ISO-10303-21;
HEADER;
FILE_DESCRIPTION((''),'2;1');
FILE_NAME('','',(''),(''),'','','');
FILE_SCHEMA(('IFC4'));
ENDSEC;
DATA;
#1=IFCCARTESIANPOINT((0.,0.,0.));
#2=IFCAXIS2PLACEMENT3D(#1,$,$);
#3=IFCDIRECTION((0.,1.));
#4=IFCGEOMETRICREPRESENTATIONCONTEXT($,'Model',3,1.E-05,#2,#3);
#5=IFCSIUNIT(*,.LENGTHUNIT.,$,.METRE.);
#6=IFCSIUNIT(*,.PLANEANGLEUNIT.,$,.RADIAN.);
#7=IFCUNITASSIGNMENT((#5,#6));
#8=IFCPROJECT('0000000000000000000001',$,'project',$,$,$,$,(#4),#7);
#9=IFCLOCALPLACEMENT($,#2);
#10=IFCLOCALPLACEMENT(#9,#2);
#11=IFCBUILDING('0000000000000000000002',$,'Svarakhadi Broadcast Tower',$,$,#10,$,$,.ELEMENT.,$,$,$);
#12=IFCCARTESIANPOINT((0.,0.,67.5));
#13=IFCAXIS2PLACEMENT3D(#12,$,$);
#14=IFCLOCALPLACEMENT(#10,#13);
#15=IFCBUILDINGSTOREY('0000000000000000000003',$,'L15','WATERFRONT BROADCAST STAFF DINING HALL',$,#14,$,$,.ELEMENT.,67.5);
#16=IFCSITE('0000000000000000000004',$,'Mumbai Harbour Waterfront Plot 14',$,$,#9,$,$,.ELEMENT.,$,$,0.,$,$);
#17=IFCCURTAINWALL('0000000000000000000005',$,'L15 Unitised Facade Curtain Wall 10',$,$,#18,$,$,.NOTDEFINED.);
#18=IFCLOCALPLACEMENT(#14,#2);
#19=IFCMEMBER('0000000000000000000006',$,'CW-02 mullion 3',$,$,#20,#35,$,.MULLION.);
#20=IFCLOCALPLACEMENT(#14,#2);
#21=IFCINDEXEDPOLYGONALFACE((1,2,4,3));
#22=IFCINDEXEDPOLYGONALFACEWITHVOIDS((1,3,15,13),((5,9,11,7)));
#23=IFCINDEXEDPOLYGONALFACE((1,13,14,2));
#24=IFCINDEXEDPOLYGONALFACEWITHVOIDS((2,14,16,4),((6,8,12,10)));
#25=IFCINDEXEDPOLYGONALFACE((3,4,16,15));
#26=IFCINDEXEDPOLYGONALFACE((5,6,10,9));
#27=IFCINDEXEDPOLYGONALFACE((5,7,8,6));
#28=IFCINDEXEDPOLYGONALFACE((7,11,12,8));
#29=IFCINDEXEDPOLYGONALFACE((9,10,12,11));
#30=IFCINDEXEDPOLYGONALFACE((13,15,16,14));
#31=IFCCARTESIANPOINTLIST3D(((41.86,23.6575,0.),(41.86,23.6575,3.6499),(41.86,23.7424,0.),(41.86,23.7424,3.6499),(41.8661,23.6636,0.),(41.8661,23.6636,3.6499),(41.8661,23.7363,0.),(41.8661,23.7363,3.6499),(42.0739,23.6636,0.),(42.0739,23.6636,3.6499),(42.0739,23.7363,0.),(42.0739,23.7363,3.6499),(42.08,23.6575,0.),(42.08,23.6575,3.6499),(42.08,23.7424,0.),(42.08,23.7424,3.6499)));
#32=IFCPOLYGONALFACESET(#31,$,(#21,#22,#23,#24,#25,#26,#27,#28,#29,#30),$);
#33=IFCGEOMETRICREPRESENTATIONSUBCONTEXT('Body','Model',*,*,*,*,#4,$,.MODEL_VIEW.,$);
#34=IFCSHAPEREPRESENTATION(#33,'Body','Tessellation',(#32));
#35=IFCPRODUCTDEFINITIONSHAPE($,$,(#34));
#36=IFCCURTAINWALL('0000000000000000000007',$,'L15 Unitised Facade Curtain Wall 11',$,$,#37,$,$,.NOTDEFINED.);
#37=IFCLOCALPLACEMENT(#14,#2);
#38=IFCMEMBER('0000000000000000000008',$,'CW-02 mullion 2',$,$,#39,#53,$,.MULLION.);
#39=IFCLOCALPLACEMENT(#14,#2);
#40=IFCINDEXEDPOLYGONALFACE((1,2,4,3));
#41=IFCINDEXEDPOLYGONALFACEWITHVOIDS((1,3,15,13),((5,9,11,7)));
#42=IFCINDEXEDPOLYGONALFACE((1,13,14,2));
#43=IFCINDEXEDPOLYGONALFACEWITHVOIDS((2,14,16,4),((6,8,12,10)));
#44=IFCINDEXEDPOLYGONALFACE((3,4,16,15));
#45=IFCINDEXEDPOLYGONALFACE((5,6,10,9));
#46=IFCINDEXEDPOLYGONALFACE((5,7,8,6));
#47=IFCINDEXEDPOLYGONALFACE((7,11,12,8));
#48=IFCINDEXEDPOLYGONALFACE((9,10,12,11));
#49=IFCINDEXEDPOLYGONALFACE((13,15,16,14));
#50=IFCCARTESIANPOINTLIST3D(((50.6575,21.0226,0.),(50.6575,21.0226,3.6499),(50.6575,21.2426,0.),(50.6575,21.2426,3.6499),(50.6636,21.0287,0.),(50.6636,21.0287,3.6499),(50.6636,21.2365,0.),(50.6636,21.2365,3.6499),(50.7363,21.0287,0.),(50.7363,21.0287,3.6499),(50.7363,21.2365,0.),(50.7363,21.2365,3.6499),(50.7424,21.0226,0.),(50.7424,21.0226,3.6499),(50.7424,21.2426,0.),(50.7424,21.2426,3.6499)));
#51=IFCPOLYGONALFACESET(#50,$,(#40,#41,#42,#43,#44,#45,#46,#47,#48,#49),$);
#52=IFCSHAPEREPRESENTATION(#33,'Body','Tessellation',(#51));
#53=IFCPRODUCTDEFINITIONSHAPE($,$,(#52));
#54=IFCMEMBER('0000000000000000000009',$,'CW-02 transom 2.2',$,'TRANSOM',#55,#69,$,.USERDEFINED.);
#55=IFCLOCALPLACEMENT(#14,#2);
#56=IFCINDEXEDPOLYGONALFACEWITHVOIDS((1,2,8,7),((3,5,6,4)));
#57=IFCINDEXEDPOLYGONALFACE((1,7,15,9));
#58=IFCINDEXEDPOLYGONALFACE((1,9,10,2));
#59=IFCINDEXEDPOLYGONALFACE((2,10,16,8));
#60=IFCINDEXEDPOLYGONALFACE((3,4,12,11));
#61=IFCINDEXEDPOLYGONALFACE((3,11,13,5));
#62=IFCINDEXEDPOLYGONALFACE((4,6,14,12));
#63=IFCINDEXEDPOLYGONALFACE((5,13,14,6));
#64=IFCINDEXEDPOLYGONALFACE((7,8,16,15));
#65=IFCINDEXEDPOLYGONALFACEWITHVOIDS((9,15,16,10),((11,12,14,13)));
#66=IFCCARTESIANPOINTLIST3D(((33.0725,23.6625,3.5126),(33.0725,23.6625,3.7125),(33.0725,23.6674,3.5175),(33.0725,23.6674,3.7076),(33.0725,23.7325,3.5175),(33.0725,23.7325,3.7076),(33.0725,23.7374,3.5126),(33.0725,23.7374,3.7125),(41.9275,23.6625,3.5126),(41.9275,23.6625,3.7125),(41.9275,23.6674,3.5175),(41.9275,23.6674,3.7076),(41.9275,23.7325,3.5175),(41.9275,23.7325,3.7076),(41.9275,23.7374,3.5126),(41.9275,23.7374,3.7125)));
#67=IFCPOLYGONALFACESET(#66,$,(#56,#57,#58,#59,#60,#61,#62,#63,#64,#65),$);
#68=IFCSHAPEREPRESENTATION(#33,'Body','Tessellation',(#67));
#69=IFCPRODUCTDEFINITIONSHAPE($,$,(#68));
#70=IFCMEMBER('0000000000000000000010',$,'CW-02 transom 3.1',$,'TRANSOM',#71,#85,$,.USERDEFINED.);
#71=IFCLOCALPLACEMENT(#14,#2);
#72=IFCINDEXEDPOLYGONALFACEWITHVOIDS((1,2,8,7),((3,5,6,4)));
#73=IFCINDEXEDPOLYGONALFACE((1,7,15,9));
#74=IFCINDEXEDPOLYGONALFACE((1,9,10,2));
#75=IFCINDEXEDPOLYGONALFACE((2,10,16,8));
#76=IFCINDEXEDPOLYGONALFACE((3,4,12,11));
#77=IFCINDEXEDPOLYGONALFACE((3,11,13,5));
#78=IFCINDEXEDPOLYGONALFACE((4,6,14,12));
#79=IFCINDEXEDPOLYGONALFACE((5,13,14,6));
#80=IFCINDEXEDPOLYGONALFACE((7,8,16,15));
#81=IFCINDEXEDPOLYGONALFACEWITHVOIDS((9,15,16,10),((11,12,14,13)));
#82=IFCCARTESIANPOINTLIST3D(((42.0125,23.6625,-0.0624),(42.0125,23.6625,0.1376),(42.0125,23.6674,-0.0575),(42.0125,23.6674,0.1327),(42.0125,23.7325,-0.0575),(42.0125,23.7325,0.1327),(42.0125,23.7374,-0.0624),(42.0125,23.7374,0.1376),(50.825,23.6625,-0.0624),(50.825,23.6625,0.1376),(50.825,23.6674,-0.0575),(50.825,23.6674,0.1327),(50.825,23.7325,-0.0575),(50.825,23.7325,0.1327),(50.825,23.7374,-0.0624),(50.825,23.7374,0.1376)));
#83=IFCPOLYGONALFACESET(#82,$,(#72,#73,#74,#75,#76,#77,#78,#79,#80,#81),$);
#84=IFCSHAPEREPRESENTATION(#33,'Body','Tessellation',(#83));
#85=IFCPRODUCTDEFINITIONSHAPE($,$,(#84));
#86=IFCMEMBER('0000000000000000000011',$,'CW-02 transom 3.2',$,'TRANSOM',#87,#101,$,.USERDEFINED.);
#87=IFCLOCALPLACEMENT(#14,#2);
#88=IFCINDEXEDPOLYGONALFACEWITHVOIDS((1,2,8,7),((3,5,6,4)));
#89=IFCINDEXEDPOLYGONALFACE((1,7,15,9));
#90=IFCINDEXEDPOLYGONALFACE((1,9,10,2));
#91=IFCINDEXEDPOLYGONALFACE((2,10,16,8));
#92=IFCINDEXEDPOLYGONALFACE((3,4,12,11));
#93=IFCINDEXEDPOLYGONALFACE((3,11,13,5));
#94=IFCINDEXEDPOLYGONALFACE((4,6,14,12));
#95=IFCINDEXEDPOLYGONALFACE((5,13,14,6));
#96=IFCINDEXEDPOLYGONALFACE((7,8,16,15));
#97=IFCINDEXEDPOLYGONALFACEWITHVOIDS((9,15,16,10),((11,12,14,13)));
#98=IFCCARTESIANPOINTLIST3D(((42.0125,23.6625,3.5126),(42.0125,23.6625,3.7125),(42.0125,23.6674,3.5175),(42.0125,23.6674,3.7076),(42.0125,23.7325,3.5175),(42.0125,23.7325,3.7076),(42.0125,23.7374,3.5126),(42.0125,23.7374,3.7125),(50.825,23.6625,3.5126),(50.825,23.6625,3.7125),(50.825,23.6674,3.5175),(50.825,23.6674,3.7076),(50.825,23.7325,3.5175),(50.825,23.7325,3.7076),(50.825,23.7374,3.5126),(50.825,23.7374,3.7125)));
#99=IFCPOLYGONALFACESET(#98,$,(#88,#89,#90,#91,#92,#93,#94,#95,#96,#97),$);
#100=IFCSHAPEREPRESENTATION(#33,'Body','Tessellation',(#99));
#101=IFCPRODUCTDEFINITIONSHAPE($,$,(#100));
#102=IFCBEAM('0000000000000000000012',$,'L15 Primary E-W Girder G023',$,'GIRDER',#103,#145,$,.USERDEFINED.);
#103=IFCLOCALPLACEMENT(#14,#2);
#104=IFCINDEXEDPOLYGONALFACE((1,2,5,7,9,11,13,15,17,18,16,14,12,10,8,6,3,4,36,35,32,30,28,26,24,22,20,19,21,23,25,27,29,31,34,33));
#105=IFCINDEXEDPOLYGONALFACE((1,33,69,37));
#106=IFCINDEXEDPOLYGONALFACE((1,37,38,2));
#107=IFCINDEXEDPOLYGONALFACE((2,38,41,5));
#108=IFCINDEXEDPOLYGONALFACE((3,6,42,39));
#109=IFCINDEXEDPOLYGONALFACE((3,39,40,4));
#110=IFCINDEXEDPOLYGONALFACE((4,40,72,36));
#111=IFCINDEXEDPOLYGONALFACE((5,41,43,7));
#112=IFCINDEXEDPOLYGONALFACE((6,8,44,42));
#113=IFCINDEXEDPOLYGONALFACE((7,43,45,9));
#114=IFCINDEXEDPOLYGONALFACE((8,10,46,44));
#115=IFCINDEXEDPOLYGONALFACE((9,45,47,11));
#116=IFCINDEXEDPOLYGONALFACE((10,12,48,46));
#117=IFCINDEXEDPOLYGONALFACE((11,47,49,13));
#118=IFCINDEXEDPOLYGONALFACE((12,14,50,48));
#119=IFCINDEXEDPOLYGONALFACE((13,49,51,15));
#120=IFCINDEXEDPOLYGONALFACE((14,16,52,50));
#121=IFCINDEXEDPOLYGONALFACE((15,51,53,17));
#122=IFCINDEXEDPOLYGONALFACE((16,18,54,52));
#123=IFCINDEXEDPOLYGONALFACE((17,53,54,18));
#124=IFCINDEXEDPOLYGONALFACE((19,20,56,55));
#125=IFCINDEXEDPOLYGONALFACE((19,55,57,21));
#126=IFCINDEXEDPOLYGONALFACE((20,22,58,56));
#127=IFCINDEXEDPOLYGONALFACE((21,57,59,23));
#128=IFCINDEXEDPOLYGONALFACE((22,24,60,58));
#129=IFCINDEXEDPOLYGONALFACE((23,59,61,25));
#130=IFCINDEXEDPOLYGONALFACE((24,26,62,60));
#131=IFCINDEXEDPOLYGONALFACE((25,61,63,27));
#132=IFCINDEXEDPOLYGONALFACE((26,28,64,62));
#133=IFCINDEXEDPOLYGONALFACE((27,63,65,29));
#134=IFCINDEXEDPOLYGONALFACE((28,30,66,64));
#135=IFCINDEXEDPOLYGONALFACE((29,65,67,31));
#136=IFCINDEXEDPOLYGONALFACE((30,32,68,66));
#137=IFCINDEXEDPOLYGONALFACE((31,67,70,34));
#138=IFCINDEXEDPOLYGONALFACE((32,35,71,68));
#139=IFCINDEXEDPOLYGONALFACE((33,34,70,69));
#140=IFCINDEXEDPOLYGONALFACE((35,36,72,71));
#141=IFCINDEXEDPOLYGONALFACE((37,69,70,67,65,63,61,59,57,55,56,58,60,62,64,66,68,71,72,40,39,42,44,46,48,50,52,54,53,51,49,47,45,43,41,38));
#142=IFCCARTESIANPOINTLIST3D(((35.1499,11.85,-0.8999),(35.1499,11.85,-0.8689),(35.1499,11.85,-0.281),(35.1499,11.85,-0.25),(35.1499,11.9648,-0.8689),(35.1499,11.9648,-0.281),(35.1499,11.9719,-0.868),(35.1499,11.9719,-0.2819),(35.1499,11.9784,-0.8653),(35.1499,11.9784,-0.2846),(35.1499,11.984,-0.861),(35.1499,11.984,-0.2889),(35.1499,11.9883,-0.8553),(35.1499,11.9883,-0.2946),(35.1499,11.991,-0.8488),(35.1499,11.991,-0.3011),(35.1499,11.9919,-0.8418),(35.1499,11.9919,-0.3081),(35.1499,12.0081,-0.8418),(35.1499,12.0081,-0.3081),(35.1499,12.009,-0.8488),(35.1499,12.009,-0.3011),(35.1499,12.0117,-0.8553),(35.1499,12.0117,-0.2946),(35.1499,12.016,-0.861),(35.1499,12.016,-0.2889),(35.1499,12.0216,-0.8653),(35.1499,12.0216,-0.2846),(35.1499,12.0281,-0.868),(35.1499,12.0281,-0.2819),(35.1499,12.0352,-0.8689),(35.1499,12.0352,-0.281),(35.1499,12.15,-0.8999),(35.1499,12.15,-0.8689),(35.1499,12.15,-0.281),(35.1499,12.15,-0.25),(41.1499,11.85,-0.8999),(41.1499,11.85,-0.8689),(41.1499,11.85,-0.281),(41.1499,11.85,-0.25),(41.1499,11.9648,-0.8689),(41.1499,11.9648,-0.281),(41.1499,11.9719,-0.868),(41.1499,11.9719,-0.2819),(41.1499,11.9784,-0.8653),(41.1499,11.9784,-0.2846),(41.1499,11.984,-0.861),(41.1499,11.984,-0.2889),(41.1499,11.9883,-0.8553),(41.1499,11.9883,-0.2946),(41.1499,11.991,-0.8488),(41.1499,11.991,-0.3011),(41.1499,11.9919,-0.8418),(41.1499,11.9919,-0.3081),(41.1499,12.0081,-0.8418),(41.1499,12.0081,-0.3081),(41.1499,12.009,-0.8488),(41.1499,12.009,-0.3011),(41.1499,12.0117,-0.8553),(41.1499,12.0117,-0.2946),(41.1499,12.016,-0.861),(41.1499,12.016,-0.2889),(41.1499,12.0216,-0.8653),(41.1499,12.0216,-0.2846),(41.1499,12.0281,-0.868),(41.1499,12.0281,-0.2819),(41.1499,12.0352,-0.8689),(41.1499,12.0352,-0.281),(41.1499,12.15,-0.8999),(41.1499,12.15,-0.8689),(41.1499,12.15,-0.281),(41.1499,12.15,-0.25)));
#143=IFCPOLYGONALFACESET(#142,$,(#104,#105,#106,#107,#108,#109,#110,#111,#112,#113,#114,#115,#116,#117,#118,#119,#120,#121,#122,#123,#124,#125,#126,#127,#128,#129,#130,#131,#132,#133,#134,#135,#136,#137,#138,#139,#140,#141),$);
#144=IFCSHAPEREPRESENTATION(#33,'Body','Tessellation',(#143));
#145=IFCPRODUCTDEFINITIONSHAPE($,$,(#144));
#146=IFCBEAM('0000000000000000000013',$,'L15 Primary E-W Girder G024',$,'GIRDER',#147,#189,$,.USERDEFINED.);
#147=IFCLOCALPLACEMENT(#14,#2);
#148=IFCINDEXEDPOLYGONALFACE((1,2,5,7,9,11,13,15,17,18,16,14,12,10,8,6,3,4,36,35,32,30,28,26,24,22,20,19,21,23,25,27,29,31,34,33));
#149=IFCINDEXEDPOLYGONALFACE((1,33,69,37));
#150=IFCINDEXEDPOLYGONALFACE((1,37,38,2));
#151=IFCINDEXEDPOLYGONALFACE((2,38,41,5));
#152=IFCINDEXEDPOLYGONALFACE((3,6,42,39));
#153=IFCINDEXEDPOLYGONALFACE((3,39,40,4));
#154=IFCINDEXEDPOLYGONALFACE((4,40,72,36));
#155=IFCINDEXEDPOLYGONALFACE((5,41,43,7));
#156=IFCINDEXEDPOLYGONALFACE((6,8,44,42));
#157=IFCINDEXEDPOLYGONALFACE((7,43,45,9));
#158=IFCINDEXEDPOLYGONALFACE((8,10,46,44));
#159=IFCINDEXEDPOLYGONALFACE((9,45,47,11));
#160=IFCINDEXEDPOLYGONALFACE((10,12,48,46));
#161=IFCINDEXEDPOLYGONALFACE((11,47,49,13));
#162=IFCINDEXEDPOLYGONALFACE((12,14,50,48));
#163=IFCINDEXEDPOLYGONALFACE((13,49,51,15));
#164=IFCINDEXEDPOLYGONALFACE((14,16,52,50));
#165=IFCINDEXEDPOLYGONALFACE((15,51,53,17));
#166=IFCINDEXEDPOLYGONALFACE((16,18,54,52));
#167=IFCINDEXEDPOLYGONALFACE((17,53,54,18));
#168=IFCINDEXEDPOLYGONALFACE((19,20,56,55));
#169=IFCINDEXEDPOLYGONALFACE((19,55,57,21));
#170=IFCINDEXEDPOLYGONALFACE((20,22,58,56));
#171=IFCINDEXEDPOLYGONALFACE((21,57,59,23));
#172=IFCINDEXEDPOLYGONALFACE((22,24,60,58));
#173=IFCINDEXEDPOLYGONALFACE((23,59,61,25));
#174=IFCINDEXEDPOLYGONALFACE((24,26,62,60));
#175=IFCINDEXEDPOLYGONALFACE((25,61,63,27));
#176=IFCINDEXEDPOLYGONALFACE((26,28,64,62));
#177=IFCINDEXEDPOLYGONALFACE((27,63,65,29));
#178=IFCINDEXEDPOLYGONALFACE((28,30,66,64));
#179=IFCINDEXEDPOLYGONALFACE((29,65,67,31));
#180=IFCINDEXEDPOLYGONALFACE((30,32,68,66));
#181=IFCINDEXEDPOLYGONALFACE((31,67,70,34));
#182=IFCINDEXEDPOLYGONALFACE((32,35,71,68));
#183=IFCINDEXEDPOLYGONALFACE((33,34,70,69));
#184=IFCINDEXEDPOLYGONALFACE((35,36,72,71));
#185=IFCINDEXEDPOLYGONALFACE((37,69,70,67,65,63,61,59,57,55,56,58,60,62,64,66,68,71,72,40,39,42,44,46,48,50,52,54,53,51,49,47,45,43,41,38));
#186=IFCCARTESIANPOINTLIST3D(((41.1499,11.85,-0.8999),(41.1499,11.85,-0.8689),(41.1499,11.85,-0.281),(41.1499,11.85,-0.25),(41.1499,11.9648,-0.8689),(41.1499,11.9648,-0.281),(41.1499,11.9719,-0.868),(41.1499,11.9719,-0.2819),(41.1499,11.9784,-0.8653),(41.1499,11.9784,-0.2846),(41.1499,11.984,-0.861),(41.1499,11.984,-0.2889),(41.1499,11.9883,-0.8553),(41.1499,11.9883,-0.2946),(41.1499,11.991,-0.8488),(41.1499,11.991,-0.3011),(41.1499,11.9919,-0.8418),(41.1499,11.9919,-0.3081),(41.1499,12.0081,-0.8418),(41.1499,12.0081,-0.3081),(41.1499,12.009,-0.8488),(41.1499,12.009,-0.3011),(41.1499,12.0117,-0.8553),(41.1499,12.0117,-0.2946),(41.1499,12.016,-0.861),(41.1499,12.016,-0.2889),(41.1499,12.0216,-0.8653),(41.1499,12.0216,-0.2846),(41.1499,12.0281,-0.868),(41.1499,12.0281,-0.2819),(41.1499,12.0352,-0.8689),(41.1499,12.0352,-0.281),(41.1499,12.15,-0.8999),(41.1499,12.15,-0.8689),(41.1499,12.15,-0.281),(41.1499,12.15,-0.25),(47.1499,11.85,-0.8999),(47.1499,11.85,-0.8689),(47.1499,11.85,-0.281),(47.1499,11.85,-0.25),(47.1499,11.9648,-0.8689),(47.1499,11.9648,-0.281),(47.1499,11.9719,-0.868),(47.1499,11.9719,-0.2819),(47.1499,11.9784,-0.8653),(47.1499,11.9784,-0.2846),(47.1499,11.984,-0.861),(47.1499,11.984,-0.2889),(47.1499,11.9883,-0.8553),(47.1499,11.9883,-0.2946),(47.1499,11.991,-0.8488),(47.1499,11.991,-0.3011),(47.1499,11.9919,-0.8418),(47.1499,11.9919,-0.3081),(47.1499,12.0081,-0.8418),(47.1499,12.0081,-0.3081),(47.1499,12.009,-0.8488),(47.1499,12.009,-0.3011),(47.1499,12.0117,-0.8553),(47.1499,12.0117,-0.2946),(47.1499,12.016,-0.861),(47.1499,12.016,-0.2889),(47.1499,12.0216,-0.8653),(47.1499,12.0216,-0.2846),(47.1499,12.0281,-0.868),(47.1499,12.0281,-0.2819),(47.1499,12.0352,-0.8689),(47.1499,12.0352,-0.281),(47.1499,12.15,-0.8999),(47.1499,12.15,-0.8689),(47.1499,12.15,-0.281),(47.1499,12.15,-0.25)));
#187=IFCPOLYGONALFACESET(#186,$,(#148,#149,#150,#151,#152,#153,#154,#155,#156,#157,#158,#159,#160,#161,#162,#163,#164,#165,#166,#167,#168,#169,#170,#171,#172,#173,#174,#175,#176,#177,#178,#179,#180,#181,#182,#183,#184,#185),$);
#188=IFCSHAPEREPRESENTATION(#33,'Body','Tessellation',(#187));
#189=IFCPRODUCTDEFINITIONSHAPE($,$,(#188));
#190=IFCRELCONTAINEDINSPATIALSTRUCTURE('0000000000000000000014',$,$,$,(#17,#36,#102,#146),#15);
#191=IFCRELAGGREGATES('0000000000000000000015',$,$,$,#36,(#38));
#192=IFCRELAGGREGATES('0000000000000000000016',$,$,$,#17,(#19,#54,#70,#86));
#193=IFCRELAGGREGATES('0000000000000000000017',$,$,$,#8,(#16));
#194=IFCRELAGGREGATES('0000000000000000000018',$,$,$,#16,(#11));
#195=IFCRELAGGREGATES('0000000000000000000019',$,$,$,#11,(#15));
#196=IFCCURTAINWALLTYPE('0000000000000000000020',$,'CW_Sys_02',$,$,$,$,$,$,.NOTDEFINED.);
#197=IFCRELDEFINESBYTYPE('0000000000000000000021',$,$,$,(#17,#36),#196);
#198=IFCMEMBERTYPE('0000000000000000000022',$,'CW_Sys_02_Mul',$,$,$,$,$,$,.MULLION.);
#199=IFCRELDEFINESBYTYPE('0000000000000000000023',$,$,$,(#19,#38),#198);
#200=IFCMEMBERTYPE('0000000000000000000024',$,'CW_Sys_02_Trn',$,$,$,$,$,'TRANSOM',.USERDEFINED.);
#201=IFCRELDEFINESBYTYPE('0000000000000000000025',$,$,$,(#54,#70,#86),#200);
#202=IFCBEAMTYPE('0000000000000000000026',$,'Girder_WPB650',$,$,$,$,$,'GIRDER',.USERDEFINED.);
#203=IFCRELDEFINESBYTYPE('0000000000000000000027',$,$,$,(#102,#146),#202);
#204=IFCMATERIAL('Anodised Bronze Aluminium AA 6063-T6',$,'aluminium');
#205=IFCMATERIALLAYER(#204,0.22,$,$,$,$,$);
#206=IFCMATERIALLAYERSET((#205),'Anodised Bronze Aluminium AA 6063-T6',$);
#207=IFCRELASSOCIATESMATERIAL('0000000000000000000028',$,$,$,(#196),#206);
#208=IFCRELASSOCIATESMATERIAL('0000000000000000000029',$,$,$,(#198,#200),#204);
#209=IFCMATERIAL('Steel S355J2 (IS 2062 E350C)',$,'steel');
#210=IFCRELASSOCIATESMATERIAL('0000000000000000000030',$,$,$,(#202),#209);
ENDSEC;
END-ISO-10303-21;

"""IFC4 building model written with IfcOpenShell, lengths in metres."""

from ifc_helpers import new_model, si_unit, direction, frame, origin, origin_2d, place, context, subcontext, project, spatial, hollow_rectangle, i_section, extrude, material, layer, layer_set, material_profile, profile_set, type_object, element, aggregate, save


model = new_model("IFC4")

# Units and contexts
model_context = context("Model", 3, precision=1e-05, world=origin(), true_north=direction((0.0, 1.0)))
body_context = subcontext(model_context, "Body", "Model", "MODEL_VIEW")
ifc_project = project(units=[si_unit("LENGTHUNIT", "METRE"), si_unit("PLANEANGLEUNIT", "RADIAN")], contexts=[model_context])

# Site, building, storey
site_placement = place(None, origin())
site = spatial("IfcSite", under=ifc_project, at=site_placement, Name="Mumbai Harbour Waterfront Plot 14", CompositionType="ELEMENT", RefElevation=0.0)
building_placement = place(site_placement, origin())
building = spatial("IfcBuilding", under=site, at=building_placement, Name="Svarakhadi Broadcast Tower", CompositionType="ELEMENT")
storey_placement = place(building_placement, frame((0.0, 0.0, 67.5)))
storey = spatial("IfcBuildingStorey", under=building, at=storey_placement, Name="L15", Description="WATERFRONT BROADCAST STAFF DINING HALL", CompositionType="ELEMENT", Elevation=67.5)

# Shared definitions
ifc_material_1 = material(Name="Steel S355J2 (IS 2062 E350C)", Category="steel")

# Curtain walls, members
ifc_material_2 = material(Name="Anodised Bronze Aluminium AA 6063-T6", Category="aluminium")
ifc_layer_1 = layer(ifc_material_2, 0.22)
ifc_layer_set_1 = layer_set([ifc_layer_1], Name="Anodised Bronze Aluminium AA 6063-T6")
curtain_wall_type = type_object("IfcCurtainWallType", Name="CW_Sys_02", PredefinedType="NOTDEFINED", material=ifc_layer_set_1)
curtain_wall_1_placement = place(storey_placement, origin())
curtain_wall_1 = element("IfcCurtainWall", 1, at=curtain_wall_1_placement, inside=storey, type_object=curtain_wall_type, Name="L15 Unitised Facade Curtain Wall 10", PredefinedType="NOTDEFINED")
ifc_material_profile_1 = material_profile(ifc_material_2, hollow_rectangle(XDim=0.085, YDim=0.22, WallThickness=0.0061, at=origin_2d()), Name="ALU MULLION 220x85x6")
ifc_profile_set_1 = profile_set([ifc_material_profile_1], Name="Anodised Bronze Aluminium AA 6063-T6")
member_type_1 = type_object("IfcMemberType", Name="CW_Sys_02_Mul", PredefinedType="MULLION", material=ifc_profile_set_1)
member_1_placement = place(storey_placement, frame((41.97, 23.7, 0.0), z_axis=(0.0, 0.0, 1.0), x_axis=(0.0, 1.0, 0.0)))
member_1 = element("IfcMember", 2, at=member_1_placement, type_object=member_type_1, Name="CW-02 mullion 3", PredefinedType="MULLION", context=body_context, shape_type="SweptSolid", body=[
    extrude(hollow_rectangle(XDim=0.085, YDim=0.22, WallThickness=0.0061, at=origin_2d()), origin(), (0.0, 0.0, 1.0), 3.6499),
])
curtain_wall_2_placement = place(storey_placement, origin())
curtain_wall_2 = element("IfcCurtainWall", 3, at=curtain_wall_2_placement, inside=storey, type_object=curtain_wall_type, Name="L15 Unitised Facade Curtain Wall 11", PredefinedType="NOTDEFINED")
member_2_placement = place(storey_placement, frame((50.7, 21.1326, 0.0), z_axis=(0.0, 0.0, 1.0), x_axis=(1.0, 0.0, 0.0)))
member_2 = element("IfcMember", 4, at=member_2_placement, type_object=member_type_1, Name="CW-02 mullion 2", PredefinedType="MULLION", context=body_context, shape_type="SweptSolid", body=[
    extrude(hollow_rectangle(XDim=0.085, YDim=0.22, WallThickness=0.0061, at=origin_2d()), origin(), (0.0, 0.0, 1.0), 3.6499),
])
aggregate(curtain_wall_2, [member_2])

# Members
ifc_material_profile_2 = material_profile(ifc_material_2, hollow_rectangle(XDim=0.075, YDim=0.2, WallThickness=0.0049, at=origin_2d()), Name="ALU TRANSOM 200x75x5")
ifc_profile_set_2 = profile_set([ifc_material_profile_2], Name="Anodised Bronze Aluminium AA 6063-T6")
member_type_2 = type_object("IfcMemberType", Name="CW_Sys_02_Trn", ElementType="TRANSOM", PredefinedType="USERDEFINED", material=ifc_profile_set_2)
member_3_placement = place(storey_placement, frame((33.0725, 23.7, 3.6125), z_axis=(1.0, 0.0, 0.0), x_axis=(0.0, 1.0, 0.0)))
member_3 = element("IfcMember", 5, at=member_3_placement, type_object=member_type_2, Name="CW-02 transom 2.2", ObjectType="TRANSOM", PredefinedType="USERDEFINED", context=body_context, shape_type="SweptSolid", body=[
    extrude(hollow_rectangle(XDim=0.075, YDim=0.2, WallThickness=0.0049, at=origin_2d()), origin(), (0.0, 0.0, 1.0), 8.855),
])
member_4_placement = place(storey_placement, frame((42.0125, 23.7, 0.0376), z_axis=(1.0, 0.0, 0.0), x_axis=(0.0, 1.0, 0.0)))
member_4 = element("IfcMember", 6, at=member_4_placement, type_object=member_type_2, Name="CW-02 transom 3.1", ObjectType="TRANSOM", PredefinedType="USERDEFINED", context=body_context, shape_type="SweptSolid", body=[
    extrude(hollow_rectangle(XDim=0.075, YDim=0.2, WallThickness=0.0049, at=origin_2d()), origin(), (0.0, 0.0, 1.0), 8.8125),
])
member_5_placement = place(storey_placement, frame((42.0125, 23.7, 3.6125), z_axis=(1.0, 0.0, 0.0), x_axis=(0.0, 1.0, 0.0)))
member_5 = element("IfcMember", 7, at=member_5_placement, type_object=member_type_2, Name="CW-02 transom 3.2", ObjectType="TRANSOM", PredefinedType="USERDEFINED", context=body_context, shape_type="SweptSolid", body=[
    extrude(hollow_rectangle(XDim=0.075, YDim=0.2, WallThickness=0.0049, at=origin_2d()), origin(), (0.0, 0.0, 1.0), 8.8125),
])

# Beams
ifc_material_profile_3 = material_profile(ifc_material_1, i_section(OverallWidth=0.3, OverallDepth=0.6499, WebThickness=0.0161, FlangeThickness=0.031, FilletRadius=0.0271, at=origin_2d()), Name="WPB 650x300x225")
ifc_profile_set_3 = profile_set([ifc_material_profile_3], Name="Steel S355J2 (IS 2062 E350C)")
beam_type_1 = type_object("IfcBeamType", Name="Girder_WPB650", ElementType="GIRDER", PredefinedType="USERDEFINED", material=ifc_profile_set_3)
for number, where, z_axis, x_axis, name in (
    (8, (35.1499, 12.0, -0.575), (1.0, 0.0, 0.0), (0.0, 1.0, 0.0), "L15 Primary E-W Girder G023"),
    (9, (41.1499, 12.0, -0.575), (1.0, 0.0, 0.0), (0.0, 1.0, 0.0), "L15 Primary E-W Girder G024"),
):
    element("IfcBeam", number, at=place(storey_placement, frame(where, z_axis=z_axis, x_axis=x_axis)), inside=storey, type_object=beam_type_1, Name=name, ObjectType="GIRDER", PredefinedType="USERDEFINED", context=body_context, shape_type="SweptSolid", body=[
        extrude(i_section(OverallWidth=0.3, OverallDepth=0.6499, WebThickness=0.0161, FlangeThickness=0.031, FilletRadius=0.0271, at=origin_2d()), origin(), (0.0, 0.0, 1.0), 6.0),
    ])

aggregate(curtain_wall_1, [member_1, member_3, member_4, member_5])

save(model, "model.ifc")
